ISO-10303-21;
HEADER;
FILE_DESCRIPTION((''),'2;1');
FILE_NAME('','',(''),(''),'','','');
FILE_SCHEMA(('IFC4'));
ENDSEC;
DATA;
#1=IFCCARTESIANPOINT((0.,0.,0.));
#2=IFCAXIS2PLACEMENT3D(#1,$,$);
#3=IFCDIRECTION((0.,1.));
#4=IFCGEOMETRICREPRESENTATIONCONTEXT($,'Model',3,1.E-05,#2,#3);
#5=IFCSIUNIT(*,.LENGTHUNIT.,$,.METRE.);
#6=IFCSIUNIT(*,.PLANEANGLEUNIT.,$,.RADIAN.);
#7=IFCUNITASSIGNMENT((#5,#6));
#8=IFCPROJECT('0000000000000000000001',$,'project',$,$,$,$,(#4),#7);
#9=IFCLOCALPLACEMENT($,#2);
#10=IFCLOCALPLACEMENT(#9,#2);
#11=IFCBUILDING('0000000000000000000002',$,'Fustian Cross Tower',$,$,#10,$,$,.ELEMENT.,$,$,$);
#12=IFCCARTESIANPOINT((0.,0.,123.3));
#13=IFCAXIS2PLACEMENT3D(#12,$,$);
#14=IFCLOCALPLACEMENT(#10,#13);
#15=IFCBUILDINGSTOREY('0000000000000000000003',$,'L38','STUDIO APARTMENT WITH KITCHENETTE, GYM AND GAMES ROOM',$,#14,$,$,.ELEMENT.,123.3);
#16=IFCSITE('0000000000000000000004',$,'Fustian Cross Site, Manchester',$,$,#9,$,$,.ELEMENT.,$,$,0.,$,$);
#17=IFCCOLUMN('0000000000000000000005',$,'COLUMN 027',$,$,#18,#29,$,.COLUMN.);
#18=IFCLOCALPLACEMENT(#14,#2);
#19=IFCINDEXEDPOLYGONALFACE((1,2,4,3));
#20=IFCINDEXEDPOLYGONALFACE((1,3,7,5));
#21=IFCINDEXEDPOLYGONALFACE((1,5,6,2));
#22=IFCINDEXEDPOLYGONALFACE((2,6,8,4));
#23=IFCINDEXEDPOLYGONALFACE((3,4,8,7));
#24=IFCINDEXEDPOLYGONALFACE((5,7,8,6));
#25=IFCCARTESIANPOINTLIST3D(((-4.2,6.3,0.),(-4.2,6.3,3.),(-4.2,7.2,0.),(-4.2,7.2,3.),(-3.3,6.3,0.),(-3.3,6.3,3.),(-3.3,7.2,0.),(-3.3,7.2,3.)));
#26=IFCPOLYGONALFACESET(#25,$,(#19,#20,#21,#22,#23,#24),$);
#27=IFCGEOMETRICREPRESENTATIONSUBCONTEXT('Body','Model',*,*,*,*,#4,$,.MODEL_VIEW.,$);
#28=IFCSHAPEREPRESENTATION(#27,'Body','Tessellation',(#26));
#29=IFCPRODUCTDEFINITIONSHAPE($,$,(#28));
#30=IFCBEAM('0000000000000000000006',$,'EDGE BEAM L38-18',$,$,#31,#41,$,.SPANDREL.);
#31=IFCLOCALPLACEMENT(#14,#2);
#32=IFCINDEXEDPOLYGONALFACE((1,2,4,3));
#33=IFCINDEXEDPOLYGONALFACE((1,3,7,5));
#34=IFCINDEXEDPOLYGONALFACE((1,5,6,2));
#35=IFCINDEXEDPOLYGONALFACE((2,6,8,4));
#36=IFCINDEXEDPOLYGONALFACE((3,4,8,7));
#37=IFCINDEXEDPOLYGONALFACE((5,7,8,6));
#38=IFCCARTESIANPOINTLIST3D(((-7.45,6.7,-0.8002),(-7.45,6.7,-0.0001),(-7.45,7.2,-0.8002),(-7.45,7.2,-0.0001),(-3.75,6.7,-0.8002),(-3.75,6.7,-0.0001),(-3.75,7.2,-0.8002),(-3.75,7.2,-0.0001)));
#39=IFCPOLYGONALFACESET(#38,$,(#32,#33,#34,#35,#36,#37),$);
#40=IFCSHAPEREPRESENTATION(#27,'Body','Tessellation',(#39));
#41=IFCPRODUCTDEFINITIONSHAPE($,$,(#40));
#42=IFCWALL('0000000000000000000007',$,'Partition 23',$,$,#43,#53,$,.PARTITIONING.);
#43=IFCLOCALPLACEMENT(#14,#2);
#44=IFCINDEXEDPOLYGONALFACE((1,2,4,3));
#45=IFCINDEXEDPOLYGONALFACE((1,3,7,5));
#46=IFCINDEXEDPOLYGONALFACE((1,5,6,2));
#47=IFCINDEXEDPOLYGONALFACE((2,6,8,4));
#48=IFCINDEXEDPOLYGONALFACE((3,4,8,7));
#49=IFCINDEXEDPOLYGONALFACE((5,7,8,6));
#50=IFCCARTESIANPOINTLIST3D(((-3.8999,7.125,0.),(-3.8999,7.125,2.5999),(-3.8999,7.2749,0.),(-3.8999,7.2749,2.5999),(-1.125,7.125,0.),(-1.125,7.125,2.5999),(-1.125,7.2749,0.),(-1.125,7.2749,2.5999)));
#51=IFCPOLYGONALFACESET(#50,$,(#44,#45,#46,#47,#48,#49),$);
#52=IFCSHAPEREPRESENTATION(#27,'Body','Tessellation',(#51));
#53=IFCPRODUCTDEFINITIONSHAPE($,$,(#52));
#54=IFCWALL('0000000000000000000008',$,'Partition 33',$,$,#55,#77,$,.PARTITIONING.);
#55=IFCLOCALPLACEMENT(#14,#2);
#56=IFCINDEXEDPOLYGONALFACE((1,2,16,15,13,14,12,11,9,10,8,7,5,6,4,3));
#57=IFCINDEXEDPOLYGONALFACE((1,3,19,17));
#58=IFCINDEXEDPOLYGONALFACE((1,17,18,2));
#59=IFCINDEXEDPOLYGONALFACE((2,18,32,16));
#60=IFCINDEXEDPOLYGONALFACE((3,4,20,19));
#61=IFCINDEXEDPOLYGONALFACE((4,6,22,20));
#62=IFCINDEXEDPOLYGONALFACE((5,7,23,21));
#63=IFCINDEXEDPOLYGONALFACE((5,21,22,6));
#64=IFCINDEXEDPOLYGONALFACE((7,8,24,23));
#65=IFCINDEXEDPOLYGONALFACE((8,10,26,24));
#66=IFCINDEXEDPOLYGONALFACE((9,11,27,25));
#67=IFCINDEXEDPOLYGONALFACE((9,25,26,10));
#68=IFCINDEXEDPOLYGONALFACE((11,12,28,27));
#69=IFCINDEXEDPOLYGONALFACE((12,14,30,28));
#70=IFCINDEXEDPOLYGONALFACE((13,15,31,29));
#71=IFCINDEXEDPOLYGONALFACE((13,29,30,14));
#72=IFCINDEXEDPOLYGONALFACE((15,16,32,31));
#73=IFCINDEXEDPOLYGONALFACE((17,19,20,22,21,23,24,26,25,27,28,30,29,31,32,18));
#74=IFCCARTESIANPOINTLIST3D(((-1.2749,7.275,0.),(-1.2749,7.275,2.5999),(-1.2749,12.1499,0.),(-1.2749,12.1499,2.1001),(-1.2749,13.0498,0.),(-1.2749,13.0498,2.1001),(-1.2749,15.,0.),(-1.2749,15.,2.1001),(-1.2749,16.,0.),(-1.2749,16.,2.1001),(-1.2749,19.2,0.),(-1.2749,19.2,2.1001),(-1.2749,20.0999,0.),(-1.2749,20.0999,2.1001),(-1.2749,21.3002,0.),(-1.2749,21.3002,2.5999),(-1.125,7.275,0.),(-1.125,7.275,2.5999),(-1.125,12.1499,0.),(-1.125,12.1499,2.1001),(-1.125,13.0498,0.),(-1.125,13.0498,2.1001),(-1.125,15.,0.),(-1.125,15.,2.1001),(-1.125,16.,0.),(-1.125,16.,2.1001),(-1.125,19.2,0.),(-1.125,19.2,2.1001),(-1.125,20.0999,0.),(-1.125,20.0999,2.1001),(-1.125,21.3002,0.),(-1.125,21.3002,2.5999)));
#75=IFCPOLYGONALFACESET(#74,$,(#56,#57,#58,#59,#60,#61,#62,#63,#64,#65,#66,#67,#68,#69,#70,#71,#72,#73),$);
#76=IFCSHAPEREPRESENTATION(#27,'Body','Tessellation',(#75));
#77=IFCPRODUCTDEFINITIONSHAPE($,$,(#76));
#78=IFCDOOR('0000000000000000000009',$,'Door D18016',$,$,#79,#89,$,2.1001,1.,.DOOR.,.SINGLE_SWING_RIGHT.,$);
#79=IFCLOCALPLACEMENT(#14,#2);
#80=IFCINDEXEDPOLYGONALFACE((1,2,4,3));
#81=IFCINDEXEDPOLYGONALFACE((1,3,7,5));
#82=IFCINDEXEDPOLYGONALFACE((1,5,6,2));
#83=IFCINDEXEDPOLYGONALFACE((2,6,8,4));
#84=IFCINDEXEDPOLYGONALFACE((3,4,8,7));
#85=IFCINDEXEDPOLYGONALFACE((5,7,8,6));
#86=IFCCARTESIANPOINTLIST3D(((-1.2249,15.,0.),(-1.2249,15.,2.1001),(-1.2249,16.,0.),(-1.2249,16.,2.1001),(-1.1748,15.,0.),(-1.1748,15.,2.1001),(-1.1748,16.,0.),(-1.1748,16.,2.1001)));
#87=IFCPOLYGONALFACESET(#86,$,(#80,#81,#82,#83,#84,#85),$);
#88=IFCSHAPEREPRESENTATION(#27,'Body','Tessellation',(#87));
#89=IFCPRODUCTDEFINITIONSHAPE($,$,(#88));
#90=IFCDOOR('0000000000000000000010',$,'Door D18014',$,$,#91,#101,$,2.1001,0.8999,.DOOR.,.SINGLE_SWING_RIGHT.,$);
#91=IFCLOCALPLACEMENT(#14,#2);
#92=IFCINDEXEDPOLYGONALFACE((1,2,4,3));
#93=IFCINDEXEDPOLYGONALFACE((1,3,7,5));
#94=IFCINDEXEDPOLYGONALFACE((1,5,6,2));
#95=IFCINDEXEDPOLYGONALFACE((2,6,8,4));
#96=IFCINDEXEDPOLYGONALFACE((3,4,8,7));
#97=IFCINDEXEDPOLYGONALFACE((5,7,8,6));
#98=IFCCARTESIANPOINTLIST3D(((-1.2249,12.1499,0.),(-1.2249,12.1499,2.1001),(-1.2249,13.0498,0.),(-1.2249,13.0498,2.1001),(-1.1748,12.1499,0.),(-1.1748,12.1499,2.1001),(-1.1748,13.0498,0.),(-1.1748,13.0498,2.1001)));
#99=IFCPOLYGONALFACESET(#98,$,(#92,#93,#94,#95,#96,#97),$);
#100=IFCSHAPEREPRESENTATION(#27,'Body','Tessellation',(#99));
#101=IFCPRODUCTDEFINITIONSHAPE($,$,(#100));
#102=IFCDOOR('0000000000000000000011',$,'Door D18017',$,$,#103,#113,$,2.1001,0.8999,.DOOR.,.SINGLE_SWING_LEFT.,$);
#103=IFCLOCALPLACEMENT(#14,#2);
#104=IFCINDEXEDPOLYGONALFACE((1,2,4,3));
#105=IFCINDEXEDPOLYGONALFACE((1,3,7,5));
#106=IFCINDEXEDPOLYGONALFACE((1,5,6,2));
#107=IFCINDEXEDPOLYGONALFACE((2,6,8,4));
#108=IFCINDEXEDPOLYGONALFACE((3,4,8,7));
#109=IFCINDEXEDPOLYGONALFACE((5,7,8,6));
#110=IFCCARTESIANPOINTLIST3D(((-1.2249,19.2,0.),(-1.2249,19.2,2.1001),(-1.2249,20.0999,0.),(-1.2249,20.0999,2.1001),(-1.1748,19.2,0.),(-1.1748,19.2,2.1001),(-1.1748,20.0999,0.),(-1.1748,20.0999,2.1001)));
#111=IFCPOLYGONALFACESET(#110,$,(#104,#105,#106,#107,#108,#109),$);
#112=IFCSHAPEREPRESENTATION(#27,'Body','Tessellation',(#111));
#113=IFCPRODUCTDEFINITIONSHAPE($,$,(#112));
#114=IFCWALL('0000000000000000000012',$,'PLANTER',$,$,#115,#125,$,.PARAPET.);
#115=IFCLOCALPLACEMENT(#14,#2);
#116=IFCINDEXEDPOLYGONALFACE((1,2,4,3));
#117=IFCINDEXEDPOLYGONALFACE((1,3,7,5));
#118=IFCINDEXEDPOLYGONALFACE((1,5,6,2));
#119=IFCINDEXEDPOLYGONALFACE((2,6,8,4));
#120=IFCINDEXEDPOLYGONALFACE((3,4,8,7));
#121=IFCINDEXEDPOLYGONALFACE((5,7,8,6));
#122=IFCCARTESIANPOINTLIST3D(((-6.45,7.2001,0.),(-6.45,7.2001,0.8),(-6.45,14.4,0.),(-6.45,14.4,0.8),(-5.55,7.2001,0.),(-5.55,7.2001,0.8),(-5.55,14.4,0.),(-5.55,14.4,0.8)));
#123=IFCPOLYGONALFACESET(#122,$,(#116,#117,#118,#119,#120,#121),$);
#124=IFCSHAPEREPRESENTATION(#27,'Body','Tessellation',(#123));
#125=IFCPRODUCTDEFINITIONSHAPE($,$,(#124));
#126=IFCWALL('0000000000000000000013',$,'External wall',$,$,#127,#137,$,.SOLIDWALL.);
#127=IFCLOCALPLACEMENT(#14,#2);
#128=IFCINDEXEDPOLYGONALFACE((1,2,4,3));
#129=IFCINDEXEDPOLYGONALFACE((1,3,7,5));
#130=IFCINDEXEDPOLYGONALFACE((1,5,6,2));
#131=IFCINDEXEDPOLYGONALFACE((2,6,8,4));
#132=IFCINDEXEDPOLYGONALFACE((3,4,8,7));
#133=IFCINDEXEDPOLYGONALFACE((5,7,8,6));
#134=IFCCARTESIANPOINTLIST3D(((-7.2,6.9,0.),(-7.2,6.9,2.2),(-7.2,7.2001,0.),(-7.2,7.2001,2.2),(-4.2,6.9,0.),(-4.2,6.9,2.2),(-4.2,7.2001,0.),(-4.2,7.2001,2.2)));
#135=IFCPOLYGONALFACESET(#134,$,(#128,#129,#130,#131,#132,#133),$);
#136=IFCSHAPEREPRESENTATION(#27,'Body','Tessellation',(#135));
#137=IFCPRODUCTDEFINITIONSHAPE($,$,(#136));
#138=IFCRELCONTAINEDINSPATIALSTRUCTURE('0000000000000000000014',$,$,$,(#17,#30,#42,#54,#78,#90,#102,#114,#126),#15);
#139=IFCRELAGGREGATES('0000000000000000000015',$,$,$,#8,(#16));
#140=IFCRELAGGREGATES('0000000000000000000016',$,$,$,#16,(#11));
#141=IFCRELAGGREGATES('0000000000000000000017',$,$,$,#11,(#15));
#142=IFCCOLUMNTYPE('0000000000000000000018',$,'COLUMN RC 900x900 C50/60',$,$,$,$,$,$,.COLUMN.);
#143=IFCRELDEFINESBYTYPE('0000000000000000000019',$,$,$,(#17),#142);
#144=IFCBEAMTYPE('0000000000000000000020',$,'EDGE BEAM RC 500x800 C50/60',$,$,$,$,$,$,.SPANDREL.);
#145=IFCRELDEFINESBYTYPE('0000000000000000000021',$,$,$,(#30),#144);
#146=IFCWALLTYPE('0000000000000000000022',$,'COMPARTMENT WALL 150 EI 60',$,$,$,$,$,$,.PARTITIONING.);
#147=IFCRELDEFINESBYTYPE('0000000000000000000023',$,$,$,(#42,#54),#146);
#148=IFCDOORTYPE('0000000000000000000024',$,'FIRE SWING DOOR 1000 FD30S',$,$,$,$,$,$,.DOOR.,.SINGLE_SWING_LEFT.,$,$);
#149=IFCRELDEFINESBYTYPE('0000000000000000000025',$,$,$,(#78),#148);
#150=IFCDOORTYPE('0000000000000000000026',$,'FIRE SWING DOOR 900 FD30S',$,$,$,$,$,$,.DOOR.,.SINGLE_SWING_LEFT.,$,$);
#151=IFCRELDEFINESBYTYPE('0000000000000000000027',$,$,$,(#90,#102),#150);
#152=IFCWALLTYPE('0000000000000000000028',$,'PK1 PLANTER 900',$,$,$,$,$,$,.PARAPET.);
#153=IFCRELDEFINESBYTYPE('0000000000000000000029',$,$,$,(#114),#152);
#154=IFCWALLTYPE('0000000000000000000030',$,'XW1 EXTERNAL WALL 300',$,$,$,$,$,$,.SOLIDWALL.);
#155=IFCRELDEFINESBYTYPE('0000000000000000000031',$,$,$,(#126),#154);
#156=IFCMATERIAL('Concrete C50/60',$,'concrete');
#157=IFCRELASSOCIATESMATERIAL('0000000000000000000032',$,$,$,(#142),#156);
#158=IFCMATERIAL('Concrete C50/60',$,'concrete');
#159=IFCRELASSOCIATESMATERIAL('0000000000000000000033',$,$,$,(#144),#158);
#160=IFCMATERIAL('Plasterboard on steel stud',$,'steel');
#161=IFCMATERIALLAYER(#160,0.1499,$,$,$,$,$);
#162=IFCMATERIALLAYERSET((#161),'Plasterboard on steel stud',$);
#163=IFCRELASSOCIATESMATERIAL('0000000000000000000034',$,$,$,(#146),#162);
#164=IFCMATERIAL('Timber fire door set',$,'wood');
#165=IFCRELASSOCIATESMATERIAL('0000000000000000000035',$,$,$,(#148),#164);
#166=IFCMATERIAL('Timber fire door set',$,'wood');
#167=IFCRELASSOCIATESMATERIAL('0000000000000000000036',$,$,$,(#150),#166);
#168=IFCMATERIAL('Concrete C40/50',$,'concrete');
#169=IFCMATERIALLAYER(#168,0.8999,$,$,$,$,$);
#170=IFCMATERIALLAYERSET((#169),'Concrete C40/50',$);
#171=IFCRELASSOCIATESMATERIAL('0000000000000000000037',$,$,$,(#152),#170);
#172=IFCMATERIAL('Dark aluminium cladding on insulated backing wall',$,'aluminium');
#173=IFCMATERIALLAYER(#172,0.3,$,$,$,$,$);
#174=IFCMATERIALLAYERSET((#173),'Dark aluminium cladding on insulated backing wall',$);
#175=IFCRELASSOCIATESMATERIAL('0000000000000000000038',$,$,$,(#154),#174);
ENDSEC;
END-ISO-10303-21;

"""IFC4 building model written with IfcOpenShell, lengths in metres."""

from ifc_helpers import new_model, si_unit, direction, frame, frame_2d, origin, origin_2d, place, context, subcontext, project, spatial, rectangle, extrude, material, layer, layer_set, material_profile, profile_set, type_object, element, fill, save


model = new_model("IFC4")

# Units and contexts
model_context = context("Model", 3, precision=1e-05, world=origin(), true_north=direction((0.0, 1.0)))
body_context = subcontext(model_context, "Body", "Model", "MODEL_VIEW")
ifc_project = project(units=[si_unit("LENGTHUNIT", "METRE"), si_unit("PLANEANGLEUNIT", "RADIAN")], contexts=[model_context])

# Site, building, storey
site_placement = place(None, origin())
site = spatial("IfcSite", under=ifc_project, at=site_placement, Name="Fustian Cross Site, Manchester", CompositionType="ELEMENT", RefElevation=0.0)
building_placement = place(site_placement, origin())
building = spatial("IfcBuilding", under=site, at=building_placement, Name="Fustian Cross Tower", CompositionType="ELEMENT")
storey_placement = place(building_placement, frame((0.0, 0.0, 123.3)))
storey = spatial("IfcBuildingStorey", under=building, at=storey_placement, Name="L38", Description="STUDIO APARTMENT WITH KITCHENETTE, GYM AND GAMES ROOM", CompositionType="ELEMENT", Elevation=123.3)

# Column
ifc_material_1 = material(Name="Concrete C50/60", Category="concrete")
ifc_material_profile_1 = material_profile(ifc_material_1, rectangle(XDim=0.8999, YDim=0.8999, at=origin_2d()), Name="RC 900x900")
ifc_profile_set_1 = profile_set([ifc_material_profile_1], Name="Concrete C50/60")
column_type = type_object("IfcColumnType", Name="COLUMN RC 900x900 C50/60", PredefinedType="COLUMN", material=ifc_profile_set_1)
column_placement = place(storey_placement, frame((-3.75, 6.75, 0.0), z_axis=(0.0, 0.0, 1.0), x_axis=(1.0, 0.0, 0.0)))
element("IfcColumn", 1, at=column_placement, inside=storey, type_object=column_type, Name="COLUMN 027", PredefinedType="COLUMN", context=body_context, shape_type="SweptSolid", body=[
    extrude(rectangle(XDim=0.8999, YDim=0.8999, at=origin_2d()), origin(), (0.0, 0.0, 1.0), 3.0),
])

# Beam
ifc_material_2 = material(Name="Concrete C50/60", Category="concrete")
ifc_material_profile_2 = material_profile(ifc_material_2, rectangle(XDim=0.5, YDim=0.8, at=origin_2d()), Name="RC 500x800")
ifc_profile_set_2 = profile_set([ifc_material_profile_2], Name="Concrete C50/60")
beam_type = type_object("IfcBeamType", Name="EDGE BEAM RC 500x800 C50/60", PredefinedType="SPANDREL", material=ifc_profile_set_2)
beam_placement = place(storey_placement, frame((-3.75, 6.95, -0.4001), z_axis=(-1.0, 0.0, 0.0), x_axis=(0.0, -1.0, 0.0)))
element("IfcBeam", 2, at=beam_placement, inside=storey, type_object=beam_type, Name="EDGE BEAM L38-18", PredefinedType="SPANDREL", context=body_context, shape_type="SweptSolid", body=[
    extrude(rectangle(XDim=0.5, YDim=0.8, at=origin_2d()), origin(), (0.0, 0.0, 1.0), 3.7),
])

# Wall
ifc_material_3 = material(Name="Plasterboard on steel stud", Category="steel")
ifc_layer_1 = layer(ifc_material_3, 0.1499)
ifc_layer_set_1 = layer_set([ifc_layer_1], Name="Plasterboard on steel stud")
wall_type_1 = type_object("IfcWallType", Name="COMPARTMENT WALL 150 EI 60", PredefinedType="PARTITIONING", material=ifc_layer_set_1)
wall_1_placement = place(storey_placement, frame((-3.8999, 7.2, 0.0), z_axis=(0.0, 0.0, 1.0), x_axis=(1.0, 0.0, 0.0)))
element("IfcWall", 3, at=wall_1_placement, inside=storey, type_object=wall_type_1, Name="Partition 23", PredefinedType="PARTITIONING", context=body_context, shape_type="SweptSolid", body=[
    extrude(rectangle(XDim=2.7749, YDim=0.1499, at=frame_2d((1.3875, 0.0))), origin(), (0.0, 0.0, 1.0), 2.5999),
])

# Wall, openings, doors
wall_2_placement = place(storey_placement, frame((-1.2, 7.2749, 0.0), z_axis=(0.0, 0.0, 1.0), x_axis=(0.0, 1.0, 0.0)))
wall_2 = element("IfcWall", 4, at=wall_2_placement, inside=storey, type_object=wall_type_1, Name="Partition 33", PredefinedType="PARTITIONING", context=body_context, shape_type="SweptSolid", body=[
    extrude(rectangle(XDim=14.0251, YDim=0.1499, at=frame_2d((7.0127, 0.0))), origin(), (0.0, 0.0, 1.0), 2.5999),
])
opening_1_placement = place(wall_2_placement, frame((4.875, 0.0, 0.0)))
opening_1 = element("IfcOpeningElement", 5, at=opening_1_placement, cuts=wall_2, PredefinedType="OPENING", context=body_context, shape_type="SweptSolid", body=[
    extrude(rectangle(XDim=0.8999, YDim=2.1001, at=frame_2d((0.45, 1.05))), frame((0.0, 0.085, 0.0), z_axis=(0.0, -1.0, 0.0), x_axis=(1.0, 0.0, 0.0)), (0.0, 0.0, 1.0), 0.1699),
])
opening_2_placement = place(wall_2_placement, frame((7.7251, 0.0, 0.0)))
opening_2 = element("IfcOpeningElement", 6, at=opening_2_placement, cuts=wall_2, PredefinedType="OPENING", context=body_context, shape_type="SweptSolid", body=[
    extrude(rectangle(XDim=1.0, YDim=2.1001, at=frame_2d((0.5, 1.05))), frame((0.0, 0.085, 0.0), z_axis=(0.0, -1.0, 0.0), x_axis=(1.0, 0.0, 0.0)), (0.0, 0.0, 1.0), 0.1699),
])
opening_3_placement = place(wall_2_placement, frame((11.925, 0.0, 0.0)))
opening_3 = element("IfcOpeningElement", 7, at=opening_3_placement, cuts=wall_2, PredefinedType="OPENING", context=body_context, shape_type="SweptSolid", body=[
    extrude(rectangle(XDim=0.8999, YDim=2.1001, at=frame_2d((0.45, 1.05))), frame((0.0, 0.085, 0.0), z_axis=(0.0, -1.0, 0.0), x_axis=(1.0, 0.0, 0.0)), (0.0, 0.0, 1.0), 0.1699),
])
ifc_material_4 = material(Name="Timber fire door set", Category="wood")
door_type_1 = type_object("IfcDoorType", Name="FIRE SWING DOOR 1000 FD30S", OperationType="SINGLE_SWING_LEFT", PredefinedType="DOOR", material=ifc_material_4)
door_1_placement = place(opening_2_placement, origin())
door_1 = element("IfcDoor", 8, at=door_1_placement, inside=storey, type_object=door_type_1, Name="Door D18016", OperationType="SINGLE_SWING_RIGHT", OverallHeight=2.1001, OverallWidth=1.0, PredefinedType="DOOR", context=body_context, shape_type="SweptSolid", body=[
    extrude(rectangle(XDim=1.0, YDim=2.1001, at=frame_2d((0.5, 1.05))), frame((0.0, 0.0249, 0.0), z_axis=(0.0, -1.0, 0.0), x_axis=(1.0, 0.0, 0.0)), (0.0, 0.0, 1.0), 0.05),
])
fill(opening_2, door_1)
ifc_material_5 = material(Name="Timber fire door set", Category="wood")
door_type_2 = type_object("IfcDoorType", Name="FIRE SWING DOOR 900 FD30S", OperationType="SINGLE_SWING_LEFT", PredefinedType="DOOR", material=ifc_material_5)
door_2_placement = place(opening_1_placement, origin())
door_2 = element("IfcDoor", 9, at=door_2_placement, inside=storey, type_object=door_type_2, Name="Door D18014", OperationType="SINGLE_SWING_RIGHT", OverallHeight=2.1001, OverallWidth=0.8999, PredefinedType="DOOR", context=body_context, shape_type="SweptSolid", body=[
    extrude(rectangle(XDim=0.8999, YDim=2.1001, at=frame_2d((0.45, 1.05))), frame((0.0, 0.0249, 0.0), z_axis=(0.0, -1.0, 0.0), x_axis=(1.0, 0.0, 0.0)), (0.0, 0.0, 1.0), 0.05),
])
fill(opening_1, door_2)
door_3_placement = place(opening_3_placement, origin())
door_3 = element("IfcDoor", 10, at=door_3_placement, inside=storey, type_object=door_type_2, Name="Door D18017", OperationType="SINGLE_SWING_LEFT", OverallHeight=2.1001, OverallWidth=0.8999, PredefinedType="DOOR", context=body_context, shape_type="SweptSolid", body=[
    extrude(rectangle(XDim=0.8999, YDim=2.1001, at=frame_2d((0.45, 1.05))), frame((0.0, 0.0249, 0.0), z_axis=(0.0, -1.0, 0.0), x_axis=(1.0, 0.0, 0.0)), (0.0, 0.0, 1.0), 0.05),
])
fill(opening_3, door_3)

# Walls
ifc_material_6 = material(Name="Concrete C40/50", Category="concrete")
ifc_layer_2 = layer(ifc_material_6, 0.8999)
ifc_layer_set_2 = layer_set([ifc_layer_2], Name="Concrete C40/50")
wall_type_2 = type_object("IfcWallType", Name="PK1 PLANTER 900", PredefinedType="PARAPET", material=ifc_layer_set_2)
wall_3_placement = place(storey_placement, frame((-6.0, 7.2, 0.0), z_axis=(0.0, 0.0, 1.0), x_axis=(0.0, 1.0, 0.0)))
element("IfcWall", 11, at=wall_3_placement, inside=storey, type_object=wall_type_2, Name="PLANTER", PredefinedType="PARAPET", context=body_context, shape_type="SweptSolid", body=[
    extrude(rectangle(XDim=7.2, YDim=0.8999, at=frame_2d((3.6001, 0.0))), origin(), (0.0, 0.0, 1.0), 0.8),
])
ifc_material_7 = material(Name="Dark aluminium cladding on insulated backing wall", Category="aluminium")
ifc_layer_3 = layer(ifc_material_7, 0.3)
ifc_layer_set_3 = layer_set([ifc_layer_3], Name="Dark aluminium cladding on insulated backing wall")
wall_type_3 = type_object("IfcWallType", Name="XW1 EXTERNAL WALL 300", PredefinedType="SOLIDWALL", material=ifc_layer_set_3)
wall_4_placement = place(storey_placement, frame((-4.2, 7.05, 0.0), z_axis=(0.0, 0.0, 1.0), x_axis=(-1.0, 0.0, 0.0)))
element("IfcWall", 12, at=wall_4_placement, inside=storey, type_object=wall_type_3, Name="External wall", PredefinedType="SOLIDWALL", context=body_context, shape_type="SweptSolid", body=[
    extrude(rectangle(XDim=3.0, YDim=0.3, at=frame_2d((1.5, 0.0))), origin(), (0.0, 0.0, 1.0), 2.2),
])

save(model, "model.ifc")
